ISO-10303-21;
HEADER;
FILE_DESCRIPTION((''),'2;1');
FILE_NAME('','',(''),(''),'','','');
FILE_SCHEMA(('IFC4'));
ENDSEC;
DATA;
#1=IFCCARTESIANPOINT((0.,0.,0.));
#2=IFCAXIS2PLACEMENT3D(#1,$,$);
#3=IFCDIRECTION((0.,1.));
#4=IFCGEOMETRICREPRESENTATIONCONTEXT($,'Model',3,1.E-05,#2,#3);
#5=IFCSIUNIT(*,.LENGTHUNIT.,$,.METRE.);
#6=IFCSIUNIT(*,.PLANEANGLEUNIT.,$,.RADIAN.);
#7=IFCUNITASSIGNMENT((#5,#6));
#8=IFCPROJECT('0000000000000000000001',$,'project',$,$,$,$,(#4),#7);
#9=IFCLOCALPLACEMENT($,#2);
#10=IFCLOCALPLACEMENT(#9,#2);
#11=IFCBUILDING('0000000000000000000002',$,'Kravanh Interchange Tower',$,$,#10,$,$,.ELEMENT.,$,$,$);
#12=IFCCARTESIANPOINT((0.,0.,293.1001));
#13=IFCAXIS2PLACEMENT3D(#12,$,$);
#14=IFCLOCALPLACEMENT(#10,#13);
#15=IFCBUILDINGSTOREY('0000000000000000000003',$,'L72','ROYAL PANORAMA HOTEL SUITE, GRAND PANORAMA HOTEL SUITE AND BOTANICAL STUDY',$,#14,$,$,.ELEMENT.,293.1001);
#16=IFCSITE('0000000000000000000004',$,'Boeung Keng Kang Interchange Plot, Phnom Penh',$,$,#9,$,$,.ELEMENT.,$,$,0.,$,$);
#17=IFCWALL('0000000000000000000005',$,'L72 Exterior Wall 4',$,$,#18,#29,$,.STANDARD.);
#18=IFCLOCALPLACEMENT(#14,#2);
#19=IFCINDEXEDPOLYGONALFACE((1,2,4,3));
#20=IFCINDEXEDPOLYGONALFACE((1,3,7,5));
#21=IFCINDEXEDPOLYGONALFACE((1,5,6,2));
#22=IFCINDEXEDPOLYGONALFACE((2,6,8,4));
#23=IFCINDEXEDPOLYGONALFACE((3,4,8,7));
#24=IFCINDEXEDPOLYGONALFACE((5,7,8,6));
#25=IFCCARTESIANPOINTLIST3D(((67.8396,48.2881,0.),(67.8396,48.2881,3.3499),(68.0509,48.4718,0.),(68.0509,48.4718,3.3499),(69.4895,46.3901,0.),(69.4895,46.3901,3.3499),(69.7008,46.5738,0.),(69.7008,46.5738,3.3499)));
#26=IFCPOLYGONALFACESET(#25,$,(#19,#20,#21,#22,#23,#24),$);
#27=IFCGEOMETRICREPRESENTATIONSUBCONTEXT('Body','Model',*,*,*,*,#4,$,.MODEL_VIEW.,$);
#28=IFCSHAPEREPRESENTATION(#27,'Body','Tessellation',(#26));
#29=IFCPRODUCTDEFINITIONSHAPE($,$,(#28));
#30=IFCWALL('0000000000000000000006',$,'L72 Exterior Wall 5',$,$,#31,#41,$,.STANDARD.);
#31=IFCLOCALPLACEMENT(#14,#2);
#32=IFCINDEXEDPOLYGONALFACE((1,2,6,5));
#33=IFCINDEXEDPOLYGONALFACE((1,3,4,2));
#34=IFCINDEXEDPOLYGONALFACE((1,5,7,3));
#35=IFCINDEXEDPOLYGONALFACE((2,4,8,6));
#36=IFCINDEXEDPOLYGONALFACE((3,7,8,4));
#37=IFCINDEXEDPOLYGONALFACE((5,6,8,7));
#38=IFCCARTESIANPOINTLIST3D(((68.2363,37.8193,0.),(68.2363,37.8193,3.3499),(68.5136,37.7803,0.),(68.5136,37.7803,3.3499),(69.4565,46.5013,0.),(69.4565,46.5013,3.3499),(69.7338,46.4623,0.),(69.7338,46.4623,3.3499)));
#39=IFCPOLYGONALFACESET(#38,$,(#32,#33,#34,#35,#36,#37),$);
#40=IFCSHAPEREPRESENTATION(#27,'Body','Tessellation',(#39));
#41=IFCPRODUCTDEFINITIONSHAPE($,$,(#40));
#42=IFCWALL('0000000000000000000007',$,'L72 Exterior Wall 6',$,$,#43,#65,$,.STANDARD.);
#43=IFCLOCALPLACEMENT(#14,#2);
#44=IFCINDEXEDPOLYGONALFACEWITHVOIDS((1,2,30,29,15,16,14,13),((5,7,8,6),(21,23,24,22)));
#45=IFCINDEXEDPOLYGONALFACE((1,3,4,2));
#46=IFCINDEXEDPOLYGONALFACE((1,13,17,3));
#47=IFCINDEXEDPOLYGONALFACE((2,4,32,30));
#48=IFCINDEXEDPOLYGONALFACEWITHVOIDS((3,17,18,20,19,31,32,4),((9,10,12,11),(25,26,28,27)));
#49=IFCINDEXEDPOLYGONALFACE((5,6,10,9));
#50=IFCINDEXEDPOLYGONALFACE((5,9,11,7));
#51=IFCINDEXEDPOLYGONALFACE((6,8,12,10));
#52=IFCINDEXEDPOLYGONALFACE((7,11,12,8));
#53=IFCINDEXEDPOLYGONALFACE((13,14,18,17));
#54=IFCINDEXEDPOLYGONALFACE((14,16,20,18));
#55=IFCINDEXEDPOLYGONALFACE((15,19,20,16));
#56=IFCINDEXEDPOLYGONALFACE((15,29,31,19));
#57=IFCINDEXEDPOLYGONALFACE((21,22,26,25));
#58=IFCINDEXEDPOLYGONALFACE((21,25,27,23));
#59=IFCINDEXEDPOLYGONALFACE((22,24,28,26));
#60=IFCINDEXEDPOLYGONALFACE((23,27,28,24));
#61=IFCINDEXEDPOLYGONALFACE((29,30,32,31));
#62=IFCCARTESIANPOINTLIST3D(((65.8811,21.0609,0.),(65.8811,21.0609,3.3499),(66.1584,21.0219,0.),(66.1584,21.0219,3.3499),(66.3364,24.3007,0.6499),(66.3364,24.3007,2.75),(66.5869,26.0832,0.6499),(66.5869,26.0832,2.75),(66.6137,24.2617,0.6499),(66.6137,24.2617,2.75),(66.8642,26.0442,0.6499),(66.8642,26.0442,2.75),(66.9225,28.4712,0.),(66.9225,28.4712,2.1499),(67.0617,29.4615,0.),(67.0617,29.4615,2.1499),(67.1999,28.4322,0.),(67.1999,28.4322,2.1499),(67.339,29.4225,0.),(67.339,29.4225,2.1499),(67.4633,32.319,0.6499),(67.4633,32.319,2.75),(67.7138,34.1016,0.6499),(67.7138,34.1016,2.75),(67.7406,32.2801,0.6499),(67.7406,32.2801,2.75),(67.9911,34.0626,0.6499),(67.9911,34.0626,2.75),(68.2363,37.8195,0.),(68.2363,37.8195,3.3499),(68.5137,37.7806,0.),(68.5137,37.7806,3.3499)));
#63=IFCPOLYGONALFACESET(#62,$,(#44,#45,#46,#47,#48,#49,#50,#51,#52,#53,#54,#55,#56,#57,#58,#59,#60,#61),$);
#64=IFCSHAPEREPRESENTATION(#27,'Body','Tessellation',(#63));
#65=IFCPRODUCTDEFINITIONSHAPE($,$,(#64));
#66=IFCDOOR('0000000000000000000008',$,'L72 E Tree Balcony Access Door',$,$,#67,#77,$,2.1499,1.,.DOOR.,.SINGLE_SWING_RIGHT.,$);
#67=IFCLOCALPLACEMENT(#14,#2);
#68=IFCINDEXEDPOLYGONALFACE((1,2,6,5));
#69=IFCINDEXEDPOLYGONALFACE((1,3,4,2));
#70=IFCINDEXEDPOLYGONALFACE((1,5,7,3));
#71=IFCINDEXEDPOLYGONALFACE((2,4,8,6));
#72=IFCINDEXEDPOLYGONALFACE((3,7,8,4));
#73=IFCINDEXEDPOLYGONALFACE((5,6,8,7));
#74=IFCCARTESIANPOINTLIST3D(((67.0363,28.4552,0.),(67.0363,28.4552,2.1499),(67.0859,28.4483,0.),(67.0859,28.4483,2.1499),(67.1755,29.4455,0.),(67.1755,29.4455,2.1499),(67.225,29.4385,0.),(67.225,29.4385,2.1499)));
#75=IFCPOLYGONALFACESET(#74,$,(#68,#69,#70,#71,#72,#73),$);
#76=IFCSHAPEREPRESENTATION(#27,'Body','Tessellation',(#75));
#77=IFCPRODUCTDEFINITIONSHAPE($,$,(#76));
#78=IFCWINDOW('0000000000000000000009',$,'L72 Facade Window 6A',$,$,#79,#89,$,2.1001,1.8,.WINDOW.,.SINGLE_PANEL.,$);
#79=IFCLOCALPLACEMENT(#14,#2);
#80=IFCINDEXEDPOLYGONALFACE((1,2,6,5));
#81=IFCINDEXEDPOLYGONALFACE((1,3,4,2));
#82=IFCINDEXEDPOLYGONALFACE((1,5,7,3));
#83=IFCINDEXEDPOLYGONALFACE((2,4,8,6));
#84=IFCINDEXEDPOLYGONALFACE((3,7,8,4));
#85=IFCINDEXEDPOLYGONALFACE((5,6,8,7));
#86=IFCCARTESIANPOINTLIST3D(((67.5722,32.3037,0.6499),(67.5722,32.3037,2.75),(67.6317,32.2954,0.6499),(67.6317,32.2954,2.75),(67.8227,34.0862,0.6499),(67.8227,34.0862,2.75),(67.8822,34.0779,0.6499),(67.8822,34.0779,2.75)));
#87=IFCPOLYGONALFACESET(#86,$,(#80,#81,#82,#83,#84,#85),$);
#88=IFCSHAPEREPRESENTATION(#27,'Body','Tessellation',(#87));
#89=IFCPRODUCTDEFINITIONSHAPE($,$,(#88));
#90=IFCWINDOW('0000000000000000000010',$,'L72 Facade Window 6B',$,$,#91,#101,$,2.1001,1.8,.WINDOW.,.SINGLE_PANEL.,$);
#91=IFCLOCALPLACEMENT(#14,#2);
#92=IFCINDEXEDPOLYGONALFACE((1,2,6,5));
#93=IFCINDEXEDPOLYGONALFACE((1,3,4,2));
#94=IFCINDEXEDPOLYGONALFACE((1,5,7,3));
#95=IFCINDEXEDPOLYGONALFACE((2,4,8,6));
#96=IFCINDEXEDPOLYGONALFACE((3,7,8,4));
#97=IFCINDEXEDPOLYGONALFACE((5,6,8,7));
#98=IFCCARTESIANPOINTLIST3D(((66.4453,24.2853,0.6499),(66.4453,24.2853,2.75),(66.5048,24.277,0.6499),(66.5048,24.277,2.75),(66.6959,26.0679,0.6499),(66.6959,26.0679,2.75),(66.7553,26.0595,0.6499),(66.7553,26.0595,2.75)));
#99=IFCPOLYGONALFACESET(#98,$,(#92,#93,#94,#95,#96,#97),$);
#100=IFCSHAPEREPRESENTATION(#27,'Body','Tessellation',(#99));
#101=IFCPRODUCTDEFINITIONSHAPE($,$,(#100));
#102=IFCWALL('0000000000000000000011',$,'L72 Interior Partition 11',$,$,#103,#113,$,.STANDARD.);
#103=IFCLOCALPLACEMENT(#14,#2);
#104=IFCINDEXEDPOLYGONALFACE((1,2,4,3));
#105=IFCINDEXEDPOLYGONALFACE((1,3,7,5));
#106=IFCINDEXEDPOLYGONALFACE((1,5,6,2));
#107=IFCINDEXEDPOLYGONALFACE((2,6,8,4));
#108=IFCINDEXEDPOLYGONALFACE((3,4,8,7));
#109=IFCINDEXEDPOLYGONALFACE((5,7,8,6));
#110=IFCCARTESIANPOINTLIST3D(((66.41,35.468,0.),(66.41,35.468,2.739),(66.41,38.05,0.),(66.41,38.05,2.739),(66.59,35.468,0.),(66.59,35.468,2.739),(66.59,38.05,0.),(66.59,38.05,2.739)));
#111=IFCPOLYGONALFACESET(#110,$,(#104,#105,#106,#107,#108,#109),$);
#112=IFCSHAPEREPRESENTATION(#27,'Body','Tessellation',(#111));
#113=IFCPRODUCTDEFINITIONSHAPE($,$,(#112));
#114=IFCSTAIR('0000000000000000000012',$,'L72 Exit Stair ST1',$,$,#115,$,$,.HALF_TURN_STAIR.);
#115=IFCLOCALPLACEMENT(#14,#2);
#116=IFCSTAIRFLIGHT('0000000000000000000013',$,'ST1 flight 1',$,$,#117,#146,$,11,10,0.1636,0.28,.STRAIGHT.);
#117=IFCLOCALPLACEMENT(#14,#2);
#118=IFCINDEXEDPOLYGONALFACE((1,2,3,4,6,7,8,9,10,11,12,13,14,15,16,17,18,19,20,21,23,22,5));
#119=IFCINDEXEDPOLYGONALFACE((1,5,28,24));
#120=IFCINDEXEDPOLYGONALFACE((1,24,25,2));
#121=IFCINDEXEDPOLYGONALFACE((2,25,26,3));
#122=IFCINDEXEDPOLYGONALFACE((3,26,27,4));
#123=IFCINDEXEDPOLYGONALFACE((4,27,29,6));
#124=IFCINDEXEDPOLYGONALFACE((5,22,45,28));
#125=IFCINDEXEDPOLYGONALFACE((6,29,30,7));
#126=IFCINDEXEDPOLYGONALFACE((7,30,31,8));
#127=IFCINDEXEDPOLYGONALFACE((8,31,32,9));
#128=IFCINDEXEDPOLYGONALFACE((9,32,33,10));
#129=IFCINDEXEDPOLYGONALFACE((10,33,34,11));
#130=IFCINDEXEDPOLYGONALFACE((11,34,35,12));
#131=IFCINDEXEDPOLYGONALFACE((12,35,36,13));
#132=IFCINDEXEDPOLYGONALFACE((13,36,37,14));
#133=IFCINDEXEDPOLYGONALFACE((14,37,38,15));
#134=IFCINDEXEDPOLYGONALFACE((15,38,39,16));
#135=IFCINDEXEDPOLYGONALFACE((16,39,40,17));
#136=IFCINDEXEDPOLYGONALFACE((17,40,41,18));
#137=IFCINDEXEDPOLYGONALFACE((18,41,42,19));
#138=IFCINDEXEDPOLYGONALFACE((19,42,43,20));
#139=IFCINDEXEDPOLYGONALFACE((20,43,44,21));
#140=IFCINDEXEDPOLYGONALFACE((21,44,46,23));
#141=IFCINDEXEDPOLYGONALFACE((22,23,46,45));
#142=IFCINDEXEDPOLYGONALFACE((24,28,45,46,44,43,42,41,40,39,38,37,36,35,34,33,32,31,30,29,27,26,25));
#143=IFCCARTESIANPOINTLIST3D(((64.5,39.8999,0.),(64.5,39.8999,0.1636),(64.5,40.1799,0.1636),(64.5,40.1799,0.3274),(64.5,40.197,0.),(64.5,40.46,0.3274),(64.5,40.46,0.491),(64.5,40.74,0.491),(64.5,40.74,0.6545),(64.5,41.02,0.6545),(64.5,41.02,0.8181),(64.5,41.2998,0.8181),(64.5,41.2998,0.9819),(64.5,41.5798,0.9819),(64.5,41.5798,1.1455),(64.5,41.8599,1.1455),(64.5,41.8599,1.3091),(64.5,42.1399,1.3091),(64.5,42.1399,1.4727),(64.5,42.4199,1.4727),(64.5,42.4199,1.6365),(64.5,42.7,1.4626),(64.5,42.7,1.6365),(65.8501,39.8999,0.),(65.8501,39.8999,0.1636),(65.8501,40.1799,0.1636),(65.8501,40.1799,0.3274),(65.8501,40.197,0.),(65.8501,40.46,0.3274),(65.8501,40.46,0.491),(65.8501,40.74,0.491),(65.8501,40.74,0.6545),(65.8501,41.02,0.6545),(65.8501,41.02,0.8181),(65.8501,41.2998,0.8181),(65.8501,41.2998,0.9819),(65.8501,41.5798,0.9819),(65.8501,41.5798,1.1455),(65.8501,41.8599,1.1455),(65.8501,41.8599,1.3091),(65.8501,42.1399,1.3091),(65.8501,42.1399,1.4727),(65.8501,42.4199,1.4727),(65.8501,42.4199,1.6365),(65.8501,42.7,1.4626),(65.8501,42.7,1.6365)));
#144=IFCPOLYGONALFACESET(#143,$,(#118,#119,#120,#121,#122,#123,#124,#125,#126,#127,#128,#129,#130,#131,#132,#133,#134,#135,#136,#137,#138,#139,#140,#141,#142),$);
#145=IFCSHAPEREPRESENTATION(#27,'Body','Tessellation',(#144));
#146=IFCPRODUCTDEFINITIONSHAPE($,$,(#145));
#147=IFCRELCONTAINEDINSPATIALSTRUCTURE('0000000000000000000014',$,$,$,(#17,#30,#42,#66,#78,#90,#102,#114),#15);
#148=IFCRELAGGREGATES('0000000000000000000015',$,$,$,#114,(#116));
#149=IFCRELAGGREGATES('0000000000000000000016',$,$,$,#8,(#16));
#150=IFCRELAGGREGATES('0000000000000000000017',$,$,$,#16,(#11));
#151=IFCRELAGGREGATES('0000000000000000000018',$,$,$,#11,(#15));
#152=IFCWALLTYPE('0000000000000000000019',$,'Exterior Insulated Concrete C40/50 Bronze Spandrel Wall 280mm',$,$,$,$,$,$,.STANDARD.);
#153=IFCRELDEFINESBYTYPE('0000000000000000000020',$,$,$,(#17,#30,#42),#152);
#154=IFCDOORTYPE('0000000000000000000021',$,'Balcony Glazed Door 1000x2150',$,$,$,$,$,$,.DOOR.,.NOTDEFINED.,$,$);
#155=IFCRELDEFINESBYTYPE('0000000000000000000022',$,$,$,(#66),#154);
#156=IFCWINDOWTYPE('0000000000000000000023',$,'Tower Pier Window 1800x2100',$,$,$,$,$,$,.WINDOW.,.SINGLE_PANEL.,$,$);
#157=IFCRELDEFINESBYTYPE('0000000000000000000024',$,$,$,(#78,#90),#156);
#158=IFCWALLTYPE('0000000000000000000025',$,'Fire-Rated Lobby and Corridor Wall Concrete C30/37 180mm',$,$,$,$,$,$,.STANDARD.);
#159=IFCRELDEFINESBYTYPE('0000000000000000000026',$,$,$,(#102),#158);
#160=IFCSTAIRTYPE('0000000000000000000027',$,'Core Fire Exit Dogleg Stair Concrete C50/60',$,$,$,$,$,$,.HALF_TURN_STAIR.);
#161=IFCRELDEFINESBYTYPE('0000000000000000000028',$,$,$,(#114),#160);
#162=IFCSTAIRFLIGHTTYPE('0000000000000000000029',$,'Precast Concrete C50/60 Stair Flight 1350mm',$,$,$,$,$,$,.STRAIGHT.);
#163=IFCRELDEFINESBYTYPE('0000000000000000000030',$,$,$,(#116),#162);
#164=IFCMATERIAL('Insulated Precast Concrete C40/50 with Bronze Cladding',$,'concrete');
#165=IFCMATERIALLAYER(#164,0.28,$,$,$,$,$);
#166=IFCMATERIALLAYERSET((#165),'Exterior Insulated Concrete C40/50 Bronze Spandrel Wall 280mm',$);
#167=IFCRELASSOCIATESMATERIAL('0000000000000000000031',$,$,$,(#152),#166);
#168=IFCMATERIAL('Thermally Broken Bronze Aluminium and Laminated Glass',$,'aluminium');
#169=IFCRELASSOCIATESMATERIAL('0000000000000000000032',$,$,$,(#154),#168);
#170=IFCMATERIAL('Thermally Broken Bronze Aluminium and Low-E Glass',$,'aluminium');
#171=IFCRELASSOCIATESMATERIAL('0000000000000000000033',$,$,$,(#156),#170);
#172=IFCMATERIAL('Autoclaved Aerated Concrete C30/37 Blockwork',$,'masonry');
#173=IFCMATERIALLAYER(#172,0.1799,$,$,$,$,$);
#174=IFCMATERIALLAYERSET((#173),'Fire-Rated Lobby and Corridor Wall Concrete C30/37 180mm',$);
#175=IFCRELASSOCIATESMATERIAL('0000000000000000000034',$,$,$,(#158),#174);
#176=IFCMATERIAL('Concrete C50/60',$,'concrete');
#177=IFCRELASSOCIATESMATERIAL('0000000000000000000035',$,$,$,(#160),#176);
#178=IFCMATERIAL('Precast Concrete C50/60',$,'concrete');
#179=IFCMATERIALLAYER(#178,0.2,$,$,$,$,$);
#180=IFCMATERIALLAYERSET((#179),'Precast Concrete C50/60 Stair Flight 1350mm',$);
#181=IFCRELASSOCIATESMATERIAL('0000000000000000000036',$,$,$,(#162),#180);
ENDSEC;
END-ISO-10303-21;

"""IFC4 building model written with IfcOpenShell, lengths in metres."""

from ifc_helpers import new_model, si_unit, direction, frame, frame_2d, origin, place, context, subcontext, project, spatial, polyline, rectangle, outline, extrude, material, layer, layer_set, type_object, element, fill, aggregate, save


model = new_model("IFC4")

# Units and contexts
model_context = context("Model", 3, precision=1e-05, world=origin(), true_north=direction((0.0, 1.0)))
body_context = subcontext(model_context, "Body", "Model", "MODEL_VIEW")
ifc_project = project(units=[si_unit("LENGTHUNIT", "METRE"), si_unit("PLANEANGLEUNIT", "RADIAN")], contexts=[model_context])

# Site, building, storey
site_placement = place(None, origin())
site = spatial("IfcSite", under=ifc_project, at=site_placement, Name="Boeung Keng Kang Interchange Plot, Phnom Penh", CompositionType="ELEMENT", RefElevation=0.0)
building_placement = place(site_placement, origin())
building = spatial("IfcBuilding", under=site, at=building_placement, Name="Kravanh Interchange Tower", CompositionType="ELEMENT")
storey_placement = place(building_placement, frame((0.0, 0.0, 293.1001)))
storey = spatial("IfcBuildingStorey", under=building, at=storey_placement, Name="L72", Description="ROYAL PANORAMA HOTEL SUITE, GRAND PANORAMA HOTEL SUITE AND BOTANICAL STUDY", CompositionType="ELEMENT", Elevation=293.1001)

# Walls
ifc_material_1 = material(Name="Insulated Precast Concrete C40/50 with Bronze Cladding", Category="concrete")
ifc_layer_1 = layer(ifc_material_1, 0.28)
ifc_layer_set_1 = layer_set([ifc_layer_1], Name="Exterior Insulated Concrete C40/50 Bronze Spandrel Wall 280mm")
wall_type_1 = type_object("IfcWallType", Name="Exterior Insulated Concrete C40/50 Bronze Spandrel Wall 280mm", PredefinedType="STANDARD", material=ifc_layer_set_1)
wall_1_placement = place(storey_placement, frame((67.9453, 48.3799, 0.0), z_axis=(0.0, 0.0, 1.0), x_axis=(0.656068, -0.754702, 0.0)))
element("IfcWall", 1, at=wall_1_placement, inside=storey, type_object=wall_type_1, Name="L72 Exterior Wall 4", PredefinedType="STANDARD", context=body_context, shape_type="SweptSolid", body=[
    extrude(rectangle(XDim=2.5149, YDim=0.28, at=frame_2d((1.2573, 0.0))), origin(), (0.0, 0.0, 1.0), 3.3499),
])
wall_2_placement = place(storey_placement, frame((69.5952, 46.4819, 0.0), z_axis=(0.0, 0.0, 1.0), x_axis=(-0.139179, -0.990267, 0.0)))
element("IfcWall", 2, at=wall_2_placement, inside=storey, type_object=wall_type_1, Name="L72 Exterior Wall 5", PredefinedType="STANDARD", context=body_context, shape_type="SweptSolid", body=[
    extrude(rectangle(XDim=8.7673, YDim=0.28, at=frame_2d((4.3838, 0.0))), origin(), (0.0, 0.0, 1.0), 3.3499),
])

# Wall, openings, door, windows
wall_3_placement = place(storey_placement, frame((68.375, 37.8, 0.0), z_axis=(0.0, 0.0, 1.0), x_axis=(-0.139171, -0.990268, 0.0)))
wall_3 = element("IfcWall", 3, at=wall_3_placement, inside=storey, type_object=wall_type_1, Name="L72 Exterior Wall 6", PredefinedType="STANDARD", context=body_context, shape_type="SweptSolid", body=[
    extrude(rectangle(XDim=16.9233, YDim=0.28, at=frame_2d((8.4617, 0.0))), origin(), (0.0, 0.0, 1.0), 3.3499),
])
opening_1_placement = place(wall_3_placement, frame((8.4402, 0.0, 0.0)))
opening_1 = element("IfcOpeningElement", 4, at=opening_1_placement, cuts=wall_3, PredefinedType="OPENING", context=body_context, shape_type="SweptSolid", body=[
    extrude(rectangle(XDim=1.0, YDim=2.1499, at=frame_2d((0.5, 1.075))), frame((0.0, 0.1499, 0.0), z_axis=(0.0, -1.0, 0.0), x_axis=(1.0, 0.0, 0.0)), (0.0, 0.0, 1.0), 0.3),
])
opening_2_placement = place(wall_3_placement, frame((3.7546, 0.0, 0.6499)))
opening_2 = element("IfcOpeningElement", 5, at=opening_2_placement, cuts=wall_3, PredefinedType="OPENING", context=body_context, shape_type="SweptSolid", body=[
    extrude(rectangle(XDim=1.8, YDim=2.1001, at=frame_2d((0.8999, 1.05))), frame((0.0, 0.1499, 0.0), z_axis=(0.0, -1.0, 0.0), x_axis=(1.0, 0.0, 0.0)), (0.0, 0.0, 1.0), 0.3),
])
opening_3_placement = place(wall_3_placement, frame((11.8518, 0.0, 0.6499)))
opening_3 = element("IfcOpeningElement", 6, at=opening_3_placement, cuts=wall_3, PredefinedType="OPENING", context=body_context, shape_type="SweptSolid", body=[
    extrude(rectangle(XDim=1.8, YDim=2.1001, at=frame_2d((0.8999, 1.05))), frame((0.0, 0.1499, 0.0), z_axis=(0.0, -1.0, 0.0), x_axis=(1.0, 0.0, 0.0)), (0.0, 0.0, 1.0), 0.3),
])
ifc_material_2 = material(Name="Thermally Broken Bronze Aluminium and Laminated Glass", Category="aluminium")
door_type_1 = type_object("IfcDoorType", Name="Balcony Glazed Door 1000x2150", OperationType="NOTDEFINED", PredefinedType="DOOR", material=ifc_material_2)
door_1_placement = place(opening_1_placement, origin())
door_1 = element("IfcDoor", 7, at=door_1_placement, inside=storey, type_object=door_type_1, Name="L72 E Tree Balcony Access Door", OperationType="SINGLE_SWING_RIGHT", OverallHeight=2.1499, OverallWidth=1.0, PredefinedType="DOOR", context=body_context, shape_type="SweptSolid", body=[
    extrude(rectangle(XDim=1.0, YDim=2.1499, at=frame_2d((0.5, 1.075))), frame((0.0, 0.0249, 0.0), z_axis=(0.0, -1.0, 0.0), x_axis=(1.0, 0.0, 0.0)), (0.0, 0.0, 1.0), 0.05),
])
fill(opening_1, door_1)
ifc_material_3 = material(Name="Thermally Broken Bronze Aluminium and Low-E Glass", Category="aluminium")
window_type = type_object("IfcWindowType", Name="Tower Pier Window 1800x2100", PartitioningType="SINGLE_PANEL", PredefinedType="WINDOW", material=ifc_material_3)
window_1_placement = place(opening_2_placement, origin())
window_1 = element("IfcWindow", 8, at=window_1_placement, inside=storey, type_object=window_type, Name="L72 Facade Window 6A", OverallHeight=2.1001, OverallWidth=1.8, PartitioningType="SINGLE_PANEL", PredefinedType="WINDOW", context=body_context, shape_type="SweptSolid", body=[
    extrude(rectangle(XDim=1.8, YDim=2.1001, at=frame_2d((0.8999, 1.05))), frame((0.0, 0.03, 0.0), z_axis=(0.0, -1.0, 0.0), x_axis=(1.0, 0.0, 0.0)), (0.0, 0.0, 1.0), 0.0601),
])
fill(opening_2, window_1)
window_2_placement = place(opening_3_placement, origin())
window_2 = element("IfcWindow", 9, at=window_2_placement, inside=storey, type_object=window_type, Name="L72 Facade Window 6B", OverallHeight=2.1001, OverallWidth=1.8, PartitioningType="SINGLE_PANEL", PredefinedType="WINDOW", context=body_context, shape_type="SweptSolid", body=[
    extrude(rectangle(XDim=1.8, YDim=2.1001, at=frame_2d((0.8999, 1.05))), frame((0.0, 0.03, 0.0), z_axis=(0.0, -1.0, 0.0), x_axis=(1.0, 0.0, 0.0)), (0.0, 0.0, 1.0), 0.0601),
])
fill(opening_3, window_2)

# Wall
ifc_material_4 = material(Name="Autoclaved Aerated Concrete C30/37 Blockwork", Category="masonry")
ifc_layer_2 = layer(ifc_material_4, 0.1799)
ifc_layer_set_2 = layer_set([ifc_layer_2], Name="Fire-Rated Lobby and Corridor Wall Concrete C30/37 180mm")
wall_type_2 = type_object("IfcWallType", Name="Fire-Rated Lobby and Corridor Wall Concrete C30/37 180mm", PredefinedType="STANDARD", material=ifc_layer_set_2)
wall_4_placement = place(storey_placement, frame((66.5, 35.468, 0.0), z_axis=(0.0, 0.0, 1.0), x_axis=(0.0, 1.0, 0.0)))
element("IfcWall", 10, at=wall_4_placement, inside=storey, type_object=wall_type_2, Name="L72 Interior Partition 11", PredefinedType="STANDARD", context=body_context, shape_type="SweptSolid", body=[
    extrude(rectangle(XDim=2.582, YDim=0.1799, at=frame_2d((1.291, 0.0))), origin(), (0.0, 0.0, 1.0), 2.739),
])

# Stair, stair flight
ifc_material_5 = material(Name="Concrete C50/60", Category="concrete")
stair_type = type_object("IfcStairType", Name="Core Fire Exit Dogleg Stair Concrete C50/60", PredefinedType="HALF_TURN_STAIR", material=ifc_material_5)
stair_placement = place(storey_placement, origin())
stair = element("IfcStair", 11, at=stair_placement, inside=storey, type_object=stair_type, Name="L72 Exit Stair ST1", PredefinedType="HALF_TURN_STAIR")
ifc_material_6 = material(Name="Precast Concrete C50/60", Category="concrete")
ifc_layer_3 = layer(ifc_material_6, 0.2)
ifc_layer_set_3 = layer_set([ifc_layer_3], Name="Precast Concrete C50/60 Stair Flight 1350mm")
stair_flight_type = type_object("IfcStairFlightType", Name="Precast Concrete C50/60 Stair Flight 1350mm", PredefinedType="STRAIGHT", material=ifc_layer_set_3)
stair_flight_1_placement = place(storey_placement, frame((65.175, 39.8999, 0.0), z_axis=(0.0, 0.0, 1.0), x_axis=(0.0, 1.0, 0.0)))
stair_flight_1 = element("IfcStairFlight", 12, at=stair_flight_1_placement, type_object=stair_flight_type, Name="ST1 flight 1", NumberOfRisers=11, NumberOfTreads=10, PredefinedType="STRAIGHT", RiserHeight=0.1636, TreadLength=0.28, context=body_context, shape_type="SweptSolid", body=[
    extrude(outline(polyline([(0.0, 0.0), (0.0, 0.1636), (0.28, 0.1636), (0.28, 0.3274), (0.5601, 0.3274), (0.5601, 0.491), (0.8401, 0.491), (0.8401, 0.6545), (1.1201, 0.6545), (1.1201, 0.8181), (1.3999, 0.8181), (1.3999, 0.9819), (1.6799, 0.9819), (1.6799, 1.1455), (1.96, 1.1455), (1.96, 1.3091), (2.24, 1.3091), (2.24, 1.4727), (2.52, 1.4727), (2.52, 1.6365), (2.8, 1.6365), (2.8, 1.8), (2.8, 1.4626), (0.2971, 0.0), (0.0, 0.0)])), frame((0.0, 0.675, 0.0), z_axis=(0.0, -1.0, 0.0), x_axis=(1.0, 0.0, 0.0)), (0.0, 0.0, 1.0), 1.3501),
])
aggregate(stair, [stair_flight_1])

save(model, "model.ifc")
